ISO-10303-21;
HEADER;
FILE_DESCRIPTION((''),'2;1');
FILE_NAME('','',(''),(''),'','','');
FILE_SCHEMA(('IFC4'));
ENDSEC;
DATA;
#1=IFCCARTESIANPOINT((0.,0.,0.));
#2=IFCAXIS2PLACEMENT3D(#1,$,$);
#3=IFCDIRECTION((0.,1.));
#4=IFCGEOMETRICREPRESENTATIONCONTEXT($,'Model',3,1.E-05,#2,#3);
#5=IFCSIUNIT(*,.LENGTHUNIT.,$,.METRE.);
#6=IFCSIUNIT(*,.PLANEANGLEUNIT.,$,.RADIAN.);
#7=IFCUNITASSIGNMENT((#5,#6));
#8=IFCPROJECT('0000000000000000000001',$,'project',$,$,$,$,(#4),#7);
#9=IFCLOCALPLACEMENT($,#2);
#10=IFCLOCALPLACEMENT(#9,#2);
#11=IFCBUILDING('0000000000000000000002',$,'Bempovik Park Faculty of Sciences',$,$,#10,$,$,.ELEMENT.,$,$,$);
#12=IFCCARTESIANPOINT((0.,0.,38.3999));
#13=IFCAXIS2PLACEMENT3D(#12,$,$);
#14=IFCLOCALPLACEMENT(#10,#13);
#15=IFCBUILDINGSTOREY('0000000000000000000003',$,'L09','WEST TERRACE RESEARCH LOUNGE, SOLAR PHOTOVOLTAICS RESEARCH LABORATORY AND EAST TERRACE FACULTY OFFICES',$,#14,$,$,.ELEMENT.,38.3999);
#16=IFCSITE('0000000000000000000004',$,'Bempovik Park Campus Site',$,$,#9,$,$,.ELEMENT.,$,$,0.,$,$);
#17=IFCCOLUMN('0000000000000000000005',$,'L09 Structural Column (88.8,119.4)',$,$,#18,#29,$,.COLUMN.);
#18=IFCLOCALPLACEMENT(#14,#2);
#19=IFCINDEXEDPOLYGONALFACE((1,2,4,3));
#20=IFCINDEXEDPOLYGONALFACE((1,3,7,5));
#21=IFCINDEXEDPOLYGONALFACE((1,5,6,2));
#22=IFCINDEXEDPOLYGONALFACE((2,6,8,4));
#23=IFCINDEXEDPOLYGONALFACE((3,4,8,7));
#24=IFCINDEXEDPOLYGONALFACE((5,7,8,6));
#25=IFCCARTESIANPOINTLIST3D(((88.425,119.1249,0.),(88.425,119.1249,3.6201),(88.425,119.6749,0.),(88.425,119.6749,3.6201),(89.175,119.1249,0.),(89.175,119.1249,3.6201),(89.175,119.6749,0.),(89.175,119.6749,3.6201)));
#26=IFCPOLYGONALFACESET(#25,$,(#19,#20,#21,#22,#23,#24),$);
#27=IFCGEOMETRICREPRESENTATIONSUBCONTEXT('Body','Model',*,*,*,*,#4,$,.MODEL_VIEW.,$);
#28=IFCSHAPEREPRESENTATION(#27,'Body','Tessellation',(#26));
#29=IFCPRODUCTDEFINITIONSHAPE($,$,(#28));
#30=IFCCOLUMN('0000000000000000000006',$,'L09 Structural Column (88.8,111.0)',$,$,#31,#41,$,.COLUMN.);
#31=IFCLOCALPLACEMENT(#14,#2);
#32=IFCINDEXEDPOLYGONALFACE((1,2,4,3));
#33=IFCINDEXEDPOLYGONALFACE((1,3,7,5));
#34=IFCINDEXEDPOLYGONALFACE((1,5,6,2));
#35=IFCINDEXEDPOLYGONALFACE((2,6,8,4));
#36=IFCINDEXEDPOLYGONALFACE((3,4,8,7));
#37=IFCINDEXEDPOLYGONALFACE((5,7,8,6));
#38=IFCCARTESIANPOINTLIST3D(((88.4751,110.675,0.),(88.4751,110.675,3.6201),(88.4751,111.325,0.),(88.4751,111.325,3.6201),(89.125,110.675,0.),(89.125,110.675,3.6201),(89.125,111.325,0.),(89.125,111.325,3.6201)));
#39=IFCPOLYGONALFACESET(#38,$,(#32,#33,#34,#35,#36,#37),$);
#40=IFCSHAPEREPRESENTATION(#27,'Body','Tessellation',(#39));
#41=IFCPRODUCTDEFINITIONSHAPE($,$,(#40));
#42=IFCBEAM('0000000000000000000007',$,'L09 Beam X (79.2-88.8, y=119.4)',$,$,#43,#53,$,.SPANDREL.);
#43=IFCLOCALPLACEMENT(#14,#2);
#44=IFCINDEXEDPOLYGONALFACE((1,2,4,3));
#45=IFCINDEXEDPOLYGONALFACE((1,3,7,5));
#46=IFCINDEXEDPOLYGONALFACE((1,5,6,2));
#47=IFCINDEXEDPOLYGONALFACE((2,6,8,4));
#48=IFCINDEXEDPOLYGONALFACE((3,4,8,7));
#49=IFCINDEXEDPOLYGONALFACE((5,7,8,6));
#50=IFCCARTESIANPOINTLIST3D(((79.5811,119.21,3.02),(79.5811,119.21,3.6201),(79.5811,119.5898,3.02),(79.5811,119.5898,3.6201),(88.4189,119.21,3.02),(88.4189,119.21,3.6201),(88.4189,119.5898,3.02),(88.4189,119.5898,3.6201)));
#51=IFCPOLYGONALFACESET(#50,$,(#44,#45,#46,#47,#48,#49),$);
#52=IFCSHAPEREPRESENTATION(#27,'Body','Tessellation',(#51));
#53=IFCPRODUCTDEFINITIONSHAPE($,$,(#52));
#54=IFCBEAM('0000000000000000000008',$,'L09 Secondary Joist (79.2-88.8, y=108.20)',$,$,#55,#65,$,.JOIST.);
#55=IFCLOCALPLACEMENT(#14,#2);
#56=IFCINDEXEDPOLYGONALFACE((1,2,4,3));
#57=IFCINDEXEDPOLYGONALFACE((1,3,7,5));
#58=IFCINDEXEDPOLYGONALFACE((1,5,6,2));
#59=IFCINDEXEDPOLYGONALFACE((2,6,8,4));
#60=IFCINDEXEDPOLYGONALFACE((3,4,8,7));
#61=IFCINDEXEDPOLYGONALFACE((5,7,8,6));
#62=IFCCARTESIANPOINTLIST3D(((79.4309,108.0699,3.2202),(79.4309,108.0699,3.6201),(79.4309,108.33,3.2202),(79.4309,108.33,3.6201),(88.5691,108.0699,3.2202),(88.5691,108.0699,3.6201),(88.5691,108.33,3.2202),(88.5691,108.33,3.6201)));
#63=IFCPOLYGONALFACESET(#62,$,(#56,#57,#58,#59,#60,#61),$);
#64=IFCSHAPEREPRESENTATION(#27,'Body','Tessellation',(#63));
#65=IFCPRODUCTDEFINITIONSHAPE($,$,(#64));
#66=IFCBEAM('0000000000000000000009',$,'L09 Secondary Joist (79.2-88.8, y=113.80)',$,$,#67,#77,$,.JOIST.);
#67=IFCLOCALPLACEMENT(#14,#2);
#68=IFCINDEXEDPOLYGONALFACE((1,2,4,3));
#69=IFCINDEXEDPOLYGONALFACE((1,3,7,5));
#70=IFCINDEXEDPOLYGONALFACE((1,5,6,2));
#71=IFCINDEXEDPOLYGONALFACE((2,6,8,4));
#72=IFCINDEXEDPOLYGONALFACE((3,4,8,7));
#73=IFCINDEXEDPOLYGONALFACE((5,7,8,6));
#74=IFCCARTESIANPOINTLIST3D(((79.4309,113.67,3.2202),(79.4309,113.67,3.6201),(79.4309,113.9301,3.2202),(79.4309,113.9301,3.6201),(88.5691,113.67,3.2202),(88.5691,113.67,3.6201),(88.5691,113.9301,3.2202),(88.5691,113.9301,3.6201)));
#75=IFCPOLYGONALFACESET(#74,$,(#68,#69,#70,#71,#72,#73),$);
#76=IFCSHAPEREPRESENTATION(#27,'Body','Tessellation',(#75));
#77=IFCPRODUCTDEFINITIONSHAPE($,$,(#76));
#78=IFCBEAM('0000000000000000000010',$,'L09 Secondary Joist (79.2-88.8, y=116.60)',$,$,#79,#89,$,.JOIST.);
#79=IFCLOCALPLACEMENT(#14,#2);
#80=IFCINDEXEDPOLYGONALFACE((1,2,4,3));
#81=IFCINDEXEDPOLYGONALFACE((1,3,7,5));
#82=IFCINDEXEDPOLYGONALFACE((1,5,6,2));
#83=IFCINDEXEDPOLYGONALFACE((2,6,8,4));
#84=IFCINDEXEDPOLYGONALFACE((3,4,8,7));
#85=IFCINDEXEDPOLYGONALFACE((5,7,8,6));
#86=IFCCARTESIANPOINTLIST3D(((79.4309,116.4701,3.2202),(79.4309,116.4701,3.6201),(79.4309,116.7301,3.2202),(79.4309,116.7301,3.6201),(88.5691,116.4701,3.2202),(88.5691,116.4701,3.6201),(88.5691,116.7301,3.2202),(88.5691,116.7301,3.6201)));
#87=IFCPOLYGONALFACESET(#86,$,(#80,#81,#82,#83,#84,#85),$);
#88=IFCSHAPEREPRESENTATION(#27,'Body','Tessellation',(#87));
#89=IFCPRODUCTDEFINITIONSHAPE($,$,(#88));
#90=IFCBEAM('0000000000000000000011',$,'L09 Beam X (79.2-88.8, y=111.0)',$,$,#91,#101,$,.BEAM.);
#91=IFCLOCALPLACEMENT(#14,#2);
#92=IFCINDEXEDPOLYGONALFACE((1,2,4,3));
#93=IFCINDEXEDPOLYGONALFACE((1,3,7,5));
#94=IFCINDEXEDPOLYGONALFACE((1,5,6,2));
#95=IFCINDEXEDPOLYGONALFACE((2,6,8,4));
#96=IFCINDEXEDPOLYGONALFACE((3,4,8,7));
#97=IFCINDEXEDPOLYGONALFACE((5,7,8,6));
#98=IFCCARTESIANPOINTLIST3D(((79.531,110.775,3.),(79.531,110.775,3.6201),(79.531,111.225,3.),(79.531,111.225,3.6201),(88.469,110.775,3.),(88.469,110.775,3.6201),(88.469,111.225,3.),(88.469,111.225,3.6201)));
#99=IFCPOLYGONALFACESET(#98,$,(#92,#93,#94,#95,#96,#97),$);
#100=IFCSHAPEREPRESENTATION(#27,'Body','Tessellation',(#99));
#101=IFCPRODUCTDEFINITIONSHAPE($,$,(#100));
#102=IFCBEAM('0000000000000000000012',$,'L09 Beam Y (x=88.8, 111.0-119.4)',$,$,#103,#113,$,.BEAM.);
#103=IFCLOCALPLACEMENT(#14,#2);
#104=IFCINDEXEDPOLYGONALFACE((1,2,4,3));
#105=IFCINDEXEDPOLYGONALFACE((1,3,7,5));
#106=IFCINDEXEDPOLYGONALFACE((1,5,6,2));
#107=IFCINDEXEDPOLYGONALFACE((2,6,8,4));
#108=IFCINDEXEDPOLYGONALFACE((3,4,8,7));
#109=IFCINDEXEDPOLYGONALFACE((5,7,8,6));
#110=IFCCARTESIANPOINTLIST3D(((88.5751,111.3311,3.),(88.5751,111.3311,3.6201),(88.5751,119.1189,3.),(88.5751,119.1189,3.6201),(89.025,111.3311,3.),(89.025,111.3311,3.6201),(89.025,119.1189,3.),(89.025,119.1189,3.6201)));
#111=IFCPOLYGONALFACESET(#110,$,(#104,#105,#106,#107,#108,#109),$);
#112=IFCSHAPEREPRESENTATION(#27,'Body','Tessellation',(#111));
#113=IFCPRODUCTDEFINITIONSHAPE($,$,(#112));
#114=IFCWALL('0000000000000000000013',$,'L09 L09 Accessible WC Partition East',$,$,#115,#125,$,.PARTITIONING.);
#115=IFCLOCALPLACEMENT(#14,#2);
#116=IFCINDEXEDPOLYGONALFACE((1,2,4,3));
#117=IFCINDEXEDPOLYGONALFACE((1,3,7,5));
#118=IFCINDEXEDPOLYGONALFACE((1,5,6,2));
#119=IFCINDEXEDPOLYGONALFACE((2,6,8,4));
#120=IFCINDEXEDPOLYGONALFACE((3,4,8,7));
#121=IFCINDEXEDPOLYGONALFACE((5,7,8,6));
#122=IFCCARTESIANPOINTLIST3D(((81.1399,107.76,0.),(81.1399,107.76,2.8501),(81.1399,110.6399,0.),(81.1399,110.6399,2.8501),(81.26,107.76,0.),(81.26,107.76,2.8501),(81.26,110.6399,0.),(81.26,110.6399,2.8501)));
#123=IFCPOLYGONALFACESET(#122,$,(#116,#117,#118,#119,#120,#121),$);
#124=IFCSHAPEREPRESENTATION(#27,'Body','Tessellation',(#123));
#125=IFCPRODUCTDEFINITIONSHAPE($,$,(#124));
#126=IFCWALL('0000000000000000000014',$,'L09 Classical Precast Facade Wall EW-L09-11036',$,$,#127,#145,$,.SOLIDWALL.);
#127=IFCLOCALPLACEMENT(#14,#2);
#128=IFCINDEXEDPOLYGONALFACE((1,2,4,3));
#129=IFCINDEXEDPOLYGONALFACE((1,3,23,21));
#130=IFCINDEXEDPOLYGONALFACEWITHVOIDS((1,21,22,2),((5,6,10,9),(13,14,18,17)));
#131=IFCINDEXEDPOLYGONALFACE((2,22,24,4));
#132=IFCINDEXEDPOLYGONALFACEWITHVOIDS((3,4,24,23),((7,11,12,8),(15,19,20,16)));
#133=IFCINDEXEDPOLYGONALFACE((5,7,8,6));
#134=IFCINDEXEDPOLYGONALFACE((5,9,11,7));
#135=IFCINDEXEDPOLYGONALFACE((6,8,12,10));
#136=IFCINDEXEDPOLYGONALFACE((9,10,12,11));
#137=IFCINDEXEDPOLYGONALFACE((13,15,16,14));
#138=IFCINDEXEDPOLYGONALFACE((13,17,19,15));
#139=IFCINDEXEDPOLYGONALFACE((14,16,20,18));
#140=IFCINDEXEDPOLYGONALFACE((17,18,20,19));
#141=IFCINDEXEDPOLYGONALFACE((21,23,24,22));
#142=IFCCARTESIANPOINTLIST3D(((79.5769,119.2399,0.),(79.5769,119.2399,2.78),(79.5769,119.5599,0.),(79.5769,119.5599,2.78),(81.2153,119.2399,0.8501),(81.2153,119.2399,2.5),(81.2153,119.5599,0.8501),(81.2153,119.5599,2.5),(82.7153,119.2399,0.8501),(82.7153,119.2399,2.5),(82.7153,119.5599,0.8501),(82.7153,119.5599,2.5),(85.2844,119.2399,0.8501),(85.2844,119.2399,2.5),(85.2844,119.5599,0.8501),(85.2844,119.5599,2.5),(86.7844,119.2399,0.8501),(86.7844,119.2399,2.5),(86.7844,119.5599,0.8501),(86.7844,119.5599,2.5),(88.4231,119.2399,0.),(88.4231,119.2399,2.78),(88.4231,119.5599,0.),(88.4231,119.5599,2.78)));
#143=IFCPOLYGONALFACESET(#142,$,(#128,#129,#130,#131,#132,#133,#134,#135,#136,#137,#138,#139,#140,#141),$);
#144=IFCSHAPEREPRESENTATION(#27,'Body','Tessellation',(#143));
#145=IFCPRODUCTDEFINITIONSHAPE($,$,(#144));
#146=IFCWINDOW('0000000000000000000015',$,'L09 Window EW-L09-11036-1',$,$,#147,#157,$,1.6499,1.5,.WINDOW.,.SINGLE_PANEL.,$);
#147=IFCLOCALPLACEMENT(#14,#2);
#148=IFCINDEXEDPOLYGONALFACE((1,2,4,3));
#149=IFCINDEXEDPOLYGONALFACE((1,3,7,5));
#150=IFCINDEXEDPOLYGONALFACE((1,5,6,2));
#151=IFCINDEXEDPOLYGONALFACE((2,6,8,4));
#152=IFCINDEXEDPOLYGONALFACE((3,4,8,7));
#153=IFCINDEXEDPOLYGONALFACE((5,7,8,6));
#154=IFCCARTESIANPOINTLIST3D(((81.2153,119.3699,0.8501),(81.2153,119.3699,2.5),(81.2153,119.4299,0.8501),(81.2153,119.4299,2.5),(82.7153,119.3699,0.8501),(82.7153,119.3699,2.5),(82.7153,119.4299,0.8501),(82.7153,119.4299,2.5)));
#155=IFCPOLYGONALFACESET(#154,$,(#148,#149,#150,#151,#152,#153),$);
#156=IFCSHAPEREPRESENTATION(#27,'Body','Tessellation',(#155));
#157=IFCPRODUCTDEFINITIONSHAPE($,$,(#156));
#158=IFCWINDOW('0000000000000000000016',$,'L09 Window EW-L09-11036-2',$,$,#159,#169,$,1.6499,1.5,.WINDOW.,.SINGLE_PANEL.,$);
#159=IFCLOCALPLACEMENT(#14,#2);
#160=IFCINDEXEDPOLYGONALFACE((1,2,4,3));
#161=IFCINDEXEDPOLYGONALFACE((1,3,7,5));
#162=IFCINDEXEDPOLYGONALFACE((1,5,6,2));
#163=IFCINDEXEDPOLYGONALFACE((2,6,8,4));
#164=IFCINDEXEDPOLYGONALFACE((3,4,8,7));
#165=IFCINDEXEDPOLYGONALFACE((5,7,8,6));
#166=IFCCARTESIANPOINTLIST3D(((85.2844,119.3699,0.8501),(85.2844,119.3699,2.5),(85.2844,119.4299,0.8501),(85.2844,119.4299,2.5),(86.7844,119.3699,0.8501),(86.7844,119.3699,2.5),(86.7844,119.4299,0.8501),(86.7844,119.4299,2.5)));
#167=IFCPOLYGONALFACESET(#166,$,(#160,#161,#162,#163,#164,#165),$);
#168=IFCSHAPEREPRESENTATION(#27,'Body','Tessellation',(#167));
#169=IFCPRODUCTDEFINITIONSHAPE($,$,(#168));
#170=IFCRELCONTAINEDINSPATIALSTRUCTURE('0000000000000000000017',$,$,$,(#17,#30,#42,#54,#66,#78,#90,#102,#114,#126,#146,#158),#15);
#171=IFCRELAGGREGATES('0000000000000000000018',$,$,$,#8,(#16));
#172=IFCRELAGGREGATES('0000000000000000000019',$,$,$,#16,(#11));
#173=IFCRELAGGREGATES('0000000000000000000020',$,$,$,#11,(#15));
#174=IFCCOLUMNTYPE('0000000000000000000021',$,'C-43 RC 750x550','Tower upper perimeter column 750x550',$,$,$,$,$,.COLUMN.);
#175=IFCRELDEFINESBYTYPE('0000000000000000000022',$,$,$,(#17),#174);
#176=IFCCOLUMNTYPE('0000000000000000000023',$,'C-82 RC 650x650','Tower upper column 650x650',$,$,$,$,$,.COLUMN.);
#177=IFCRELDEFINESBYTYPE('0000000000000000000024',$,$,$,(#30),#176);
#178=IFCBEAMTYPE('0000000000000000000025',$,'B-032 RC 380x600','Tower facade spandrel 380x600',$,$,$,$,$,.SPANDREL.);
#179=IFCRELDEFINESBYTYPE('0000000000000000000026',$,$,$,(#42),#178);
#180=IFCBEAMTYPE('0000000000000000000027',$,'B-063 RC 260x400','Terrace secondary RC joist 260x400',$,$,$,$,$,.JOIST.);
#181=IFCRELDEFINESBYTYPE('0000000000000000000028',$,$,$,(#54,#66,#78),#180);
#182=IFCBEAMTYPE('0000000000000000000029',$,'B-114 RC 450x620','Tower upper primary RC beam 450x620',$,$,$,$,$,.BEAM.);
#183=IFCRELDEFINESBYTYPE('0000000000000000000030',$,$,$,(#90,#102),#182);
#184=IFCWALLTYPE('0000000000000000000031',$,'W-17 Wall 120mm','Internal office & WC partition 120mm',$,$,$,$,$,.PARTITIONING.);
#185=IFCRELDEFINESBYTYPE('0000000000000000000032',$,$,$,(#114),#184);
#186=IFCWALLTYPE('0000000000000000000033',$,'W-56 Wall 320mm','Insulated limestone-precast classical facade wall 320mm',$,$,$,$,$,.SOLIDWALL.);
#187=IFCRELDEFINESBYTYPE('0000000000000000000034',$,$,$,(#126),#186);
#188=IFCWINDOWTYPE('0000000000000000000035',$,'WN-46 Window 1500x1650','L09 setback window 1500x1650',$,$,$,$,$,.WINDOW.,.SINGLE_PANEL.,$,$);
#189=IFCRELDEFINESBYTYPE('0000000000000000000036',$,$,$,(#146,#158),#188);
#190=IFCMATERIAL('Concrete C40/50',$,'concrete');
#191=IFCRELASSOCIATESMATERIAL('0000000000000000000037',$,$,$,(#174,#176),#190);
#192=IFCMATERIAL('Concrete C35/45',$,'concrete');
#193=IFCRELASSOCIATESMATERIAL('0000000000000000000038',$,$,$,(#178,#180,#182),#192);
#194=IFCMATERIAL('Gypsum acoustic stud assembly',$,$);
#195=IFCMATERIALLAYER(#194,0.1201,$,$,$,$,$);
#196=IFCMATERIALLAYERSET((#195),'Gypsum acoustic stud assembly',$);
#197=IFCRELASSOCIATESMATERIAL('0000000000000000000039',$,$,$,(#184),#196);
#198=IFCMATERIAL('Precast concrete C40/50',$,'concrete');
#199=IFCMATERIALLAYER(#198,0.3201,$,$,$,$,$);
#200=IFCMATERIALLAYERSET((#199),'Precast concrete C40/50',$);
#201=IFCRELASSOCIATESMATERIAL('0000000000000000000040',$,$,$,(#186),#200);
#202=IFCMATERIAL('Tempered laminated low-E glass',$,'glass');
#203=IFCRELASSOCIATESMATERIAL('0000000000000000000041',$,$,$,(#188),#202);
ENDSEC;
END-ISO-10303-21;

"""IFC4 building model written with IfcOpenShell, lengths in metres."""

from ifc_helpers import new_model, si_unit, direction, frame, frame_2d, origin, origin_2d, place, context, subcontext, project, spatial, rectangle, extrude, material, layer, layer_set, material_profile, profile_set, type_object, element, fill, save


model = new_model("IFC4")

# Units and contexts
model_context = context("Model", 3, precision=1e-05, world=origin(), true_north=direction((0.0, 1.0)))
body_context = subcontext(model_context, "Body", "Model", "MODEL_VIEW")
ifc_project = project(units=[si_unit("LENGTHUNIT", "METRE"), si_unit("PLANEANGLEUNIT", "RADIAN")], contexts=[model_context])

# Site, building, storey
site_placement = place(None, origin())
site = spatial("IfcSite", under=ifc_project, at=site_placement, Name="Bempovik Park Campus Site", CompositionType="ELEMENT", RefElevation=0.0)
building_placement = place(site_placement, origin())
building = spatial("IfcBuilding", under=site, at=building_placement, Name="Bempovik Park Faculty of Sciences", CompositionType="ELEMENT")
storey_placement = place(building_placement, frame((0.0, 0.0, 38.3999)))
storey = spatial("IfcBuildingStorey", under=building, at=storey_placement, Name="L09", Description="WEST TERRACE RESEARCH LOUNGE, SOLAR PHOTOVOLTAICS RESEARCH LABORATORY AND EAST TERRACE FACULTY OFFICES", CompositionType="ELEMENT", Elevation=38.3999)

# Columns
ifc_material_1 = material(Name="Concrete C40/50", Category="concrete")
ifc_material_profile_1 = material_profile(ifc_material_1, rectangle(XDim=0.75, YDim=0.55, at=origin_2d()), Name="RC 750x550")
ifc_profile_set_1 = profile_set([ifc_material_profile_1], Name="Concrete C40/50")
column_type_1 = type_object("IfcColumnType", Name="C-43 RC 750x550", Description="Tower upper perimeter column 750x550", PredefinedType="COLUMN", material=ifc_profile_set_1)
column_1_placement = place(storey_placement, frame((88.8, 119.3999, 0.0), z_axis=(0.0, 0.0, 1.0), x_axis=(1.0, 0.0, 0.0)))
element("IfcColumn", 1, at=column_1_placement, inside=storey, type_object=column_type_1, Name="L09 Structural Column (88.8,119.4)", PredefinedType="COLUMN", context=body_context, shape_type="SweptSolid", body=[
    extrude(rectangle(XDim=0.75, YDim=0.55, at=origin_2d()), origin(), (0.0, 0.0, 1.0), 3.6201),
])
ifc_material_profile_2 = material_profile(ifc_material_1, rectangle(XDim=0.6499, YDim=0.6499, at=origin_2d()), Name="RC 650x650")
ifc_profile_set_2 = profile_set([ifc_material_profile_2], Name="Concrete C40/50")
column_type_2 = type_object("IfcColumnType", Name="C-82 RC 650x650", Description="Tower upper column 650x650", PredefinedType="COLUMN", material=ifc_profile_set_2)
column_2_placement = place(storey_placement, frame((88.8, 111.0, 0.0), z_axis=(0.0, 0.0, 1.0), x_axis=(1.0, 0.0, 0.0)))
element("IfcColumn", 2, at=column_2_placement, inside=storey, type_object=column_type_2, Name="L09 Structural Column (88.8,111.0)", PredefinedType="COLUMN", context=body_context, shape_type="SweptSolid", body=[
    extrude(rectangle(XDim=0.6499, YDim=0.6499, at=origin_2d()), origin(), (0.0, 0.0, 1.0), 3.6201),
])

# Beams
ifc_material_2 = material(Name="Concrete C35/45", Category="concrete")
ifc_material_profile_3 = material_profile(ifc_material_2, rectangle(XDim=0.3799, YDim=0.6001, at=origin_2d()), Name="RC 380x600")
ifc_profile_set_3 = profile_set([ifc_material_profile_3], Name="Concrete C35/45")
beam_type_1 = type_object("IfcBeamType", Name="B-032 RC 380x600", Description="Tower facade spandrel 380x600", PredefinedType="SPANDREL", material=ifc_profile_set_3)
beam_1_placement = place(storey_placement, frame((79.5811, 119.3999, 3.3201), z_axis=(1.0, 0.0, 0.0), x_axis=(0.0, 1.0, 0.0)))
element("IfcBeam", 3, at=beam_1_placement, inside=storey, type_object=beam_type_1, Name="L09 Beam X (79.2-88.8, y=119.4)", PredefinedType="SPANDREL", context=body_context, shape_type="SweptSolid", body=[
    extrude(rectangle(XDim=0.3799, YDim=0.6001, at=origin_2d()), origin(), (0.0, 0.0, 1.0), 8.8379),
])
ifc_material_profile_4 = material_profile(ifc_material_2, rectangle(XDim=0.26, YDim=0.3999, at=origin_2d()), Name="RC 260x400")
ifc_profile_set_4 = profile_set([ifc_material_profile_4], Name="Concrete C35/45")
beam_type_2 = type_object("IfcBeamType", Name="B-063 RC 260x400", Description="Terrace secondary RC joist 260x400", PredefinedType="JOIST", material=ifc_profile_set_4)
for number, where, z_axis, x_axis, name in (
    (4, (79.4309, 108.2, 3.4202), (1.0, 0.0, 0.0), (0.0, 1.0, 0.0), "L09 Secondary Joist (79.2-88.8, y=108.20)"),
    (5, (79.4309, 113.8, 3.4202), (1.0, 0.0, 0.0), (0.0, 1.0, 0.0), "L09 Secondary Joist (79.2-88.8, y=113.80)"),
    (6, (79.4309, 116.6001, 3.4202), (1.0, 0.0, 0.0), (0.0, 1.0, 0.0), "L09 Secondary Joist (79.2-88.8, y=116.60)"),
):
    element("IfcBeam", number, at=place(storey_placement, frame(where, z_axis=z_axis, x_axis=x_axis)), inside=storey, type_object=beam_type_2, Name=name, PredefinedType="JOIST", context=body_context, shape_type="SweptSolid", body=[
        extrude(rectangle(XDim=0.26, YDim=0.3999, at=origin_2d()), origin(), (0.0, 0.0, 1.0), 9.1382),
    ])
ifc_material_profile_5 = material_profile(ifc_material_2, rectangle(XDim=0.45, YDim=0.6201, at=origin_2d()), Name="RC 450x620")
ifc_profile_set_5 = profile_set([ifc_material_profile_5], Name="Concrete C35/45")
beam_type_3 = type_object("IfcBeamType", Name="B-114 RC 450x620", Description="Tower upper primary RC beam 450x620", PredefinedType="BEAM", material=ifc_profile_set_5)
beam_2_placement = place(storey_placement, frame((79.531, 111.0, 3.3101), z_axis=(1.0, 0.0, 0.0), x_axis=(0.0, 1.0, 0.0)))
element("IfcBeam", 7, at=beam_2_placement, inside=storey, type_object=beam_type_3, Name="L09 Beam X (79.2-88.8, y=111.0)", PredefinedType="BEAM", context=body_context, shape_type="SweptSolid", body=[
    extrude(rectangle(XDim=0.45, YDim=0.6201, at=origin_2d()), origin(), (0.0, 0.0, 1.0), 8.938),
])
beam_3_placement = place(storey_placement, frame((88.8, 111.3311, 3.3101), z_axis=(0.0, 1.0, 0.0), x_axis=(-1.0, 0.0, 0.0)))
element("IfcBeam", 8, at=beam_3_placement, inside=storey, type_object=beam_type_3, Name="L09 Beam Y (x=88.8, 111.0-119.4)", PredefinedType="BEAM", context=body_context, shape_type="SweptSolid", body=[
    extrude(rectangle(XDim=0.45, YDim=0.6201, at=origin_2d()), origin(), (0.0, 0.0, 1.0), 7.7878),
])

# Wall
ifc_material_3 = material(Name="Gypsum acoustic stud assembly")
ifc_layer_1 = layer(ifc_material_3, 0.1201)
ifc_layer_set_1 = layer_set([ifc_layer_1], Name="Gypsum acoustic stud assembly")
wall_type_1 = type_object("IfcWallType", Name="W-17 Wall 120mm", Description="Internal office & WC partition 120mm", PredefinedType="PARTITIONING", material=ifc_layer_set_1)
wall_1_placement = place(storey_placement, frame((81.2, 107.76, 0.0), z_axis=(0.0, 0.0, 1.0), x_axis=(0.0, 1.0, 0.0)))
element("IfcWall", 9, at=wall_1_placement, inside=storey, type_object=wall_type_1, Name="L09 L09 Accessible WC Partition East", PredefinedType="PARTITIONING", context=body_context, shape_type="SweptSolid", body=[
    extrude(rectangle(XDim=2.8799, YDim=0.1201, at=frame_2d((1.4399, 0.0))), origin(), (0.0, 0.0, 1.0), 2.8501),
])

# Wall, openings, windows
ifc_material_4 = material(Name="Precast concrete C40/50", Category="concrete")
ifc_layer_2 = layer(ifc_material_4, 0.3201)
ifc_layer_set_2 = layer_set([ifc_layer_2], Name="Precast concrete C40/50")
wall_type_2 = type_object("IfcWallType", Name="W-56 Wall 320mm", Description="Insulated limestone-precast classical facade wall 320mm", PredefinedType="SOLIDWALL", material=ifc_layer_set_2)
wall_2_placement = place(storey_placement, frame((79.5769, 119.3999, 0.0), z_axis=(0.0, 0.0, 1.0), x_axis=(1.0, 0.0, 0.0)))
wall_2 = element("IfcWall", 10, at=wall_2_placement, inside=storey, type_object=wall_type_2, Name="L09 Classical Precast Facade Wall EW-L09-11036", PredefinedType="SOLIDWALL", context=body_context, shape_type="SweptSolid", body=[
    extrude(rectangle(XDim=8.8462, YDim=0.3201, at=frame_2d((4.4231, 0.0))), origin(), (0.0, 0.0, 1.0), 2.78),
])
opening_1_placement = place(wall_2_placement, frame((1.6384, 0.0, 0.8501)))
opening_1 = element("IfcOpeningElement", 11, at=opening_1_placement, cuts=wall_2, PredefinedType="OPENING", context=body_context, shape_type="SweptSolid", body=[
    extrude(rectangle(XDim=1.5, YDim=1.6499, at=frame_2d((0.75, 0.825))), frame((0.0, 0.1699, 0.0), z_axis=(0.0, -1.0, 0.0), x_axis=(1.0, 0.0, 0.0)), (0.0, 0.0, 1.0), 0.3401),
])
opening_2_placement = place(wall_2_placement, frame((5.7075, 0.0, 0.8501)))
opening_2 = element("IfcOpeningElement", 12, at=opening_2_placement, cuts=wall_2, PredefinedType="OPENING", context=body_context, shape_type="SweptSolid", body=[
    extrude(rectangle(XDim=1.5, YDim=1.6499, at=frame_2d((0.75, 0.825))), frame((0.0, 0.1699, 0.0), z_axis=(0.0, -1.0, 0.0), x_axis=(1.0, 0.0, 0.0)), (0.0, 0.0, 1.0), 0.3401),
])
ifc_material_5 = material(Name="Tempered laminated low-E glass", Category="glass")
window_type = type_object("IfcWindowType", Name="WN-46 Window 1500x1650", Description="L09 setback window 1500x1650", PartitioningType="SINGLE_PANEL", PredefinedType="WINDOW", material=ifc_material_5)
window_1_placement = place(opening_1_placement, origin())
window_1 = element("IfcWindow", 13, at=window_1_placement, inside=storey, type_object=window_type, Name="L09 Window EW-L09-11036-1", OverallHeight=1.6499, OverallWidth=1.5, PartitioningType="SINGLE_PANEL", PredefinedType="WINDOW", context=body_context, shape_type="SweptSolid", body=[
    extrude(rectangle(XDim=1.5, YDim=1.6499, at=frame_2d((0.75, 0.825))), frame((0.0, 0.03, 0.0), z_axis=(0.0, -1.0, 0.0), x_axis=(1.0, 0.0, 0.0)), (0.0, 0.0, 1.0), 0.0601),
])
fill(opening_1, window_1)
window_2_placement = place(opening_2_placement, origin())
window_2 = element("IfcWindow", 14, at=window_2_placement, inside=storey, type_object=window_type, Name="L09 Window EW-L09-11036-2", OverallHeight=1.6499, OverallWidth=1.5, PartitioningType="SINGLE_PANEL", PredefinedType="WINDOW", context=body_context, shape_type="SweptSolid", body=[
    extrude(rectangle(XDim=1.5, YDim=1.6499, at=frame_2d((0.75, 0.825))), frame((0.0, 0.03, 0.0), z_axis=(0.0, -1.0, 0.0), x_axis=(1.0, 0.0, 0.0)), (0.0, 0.0, 1.0), 0.0601),
])
fill(opening_2, window_2)

save(model, "model.ifc")
